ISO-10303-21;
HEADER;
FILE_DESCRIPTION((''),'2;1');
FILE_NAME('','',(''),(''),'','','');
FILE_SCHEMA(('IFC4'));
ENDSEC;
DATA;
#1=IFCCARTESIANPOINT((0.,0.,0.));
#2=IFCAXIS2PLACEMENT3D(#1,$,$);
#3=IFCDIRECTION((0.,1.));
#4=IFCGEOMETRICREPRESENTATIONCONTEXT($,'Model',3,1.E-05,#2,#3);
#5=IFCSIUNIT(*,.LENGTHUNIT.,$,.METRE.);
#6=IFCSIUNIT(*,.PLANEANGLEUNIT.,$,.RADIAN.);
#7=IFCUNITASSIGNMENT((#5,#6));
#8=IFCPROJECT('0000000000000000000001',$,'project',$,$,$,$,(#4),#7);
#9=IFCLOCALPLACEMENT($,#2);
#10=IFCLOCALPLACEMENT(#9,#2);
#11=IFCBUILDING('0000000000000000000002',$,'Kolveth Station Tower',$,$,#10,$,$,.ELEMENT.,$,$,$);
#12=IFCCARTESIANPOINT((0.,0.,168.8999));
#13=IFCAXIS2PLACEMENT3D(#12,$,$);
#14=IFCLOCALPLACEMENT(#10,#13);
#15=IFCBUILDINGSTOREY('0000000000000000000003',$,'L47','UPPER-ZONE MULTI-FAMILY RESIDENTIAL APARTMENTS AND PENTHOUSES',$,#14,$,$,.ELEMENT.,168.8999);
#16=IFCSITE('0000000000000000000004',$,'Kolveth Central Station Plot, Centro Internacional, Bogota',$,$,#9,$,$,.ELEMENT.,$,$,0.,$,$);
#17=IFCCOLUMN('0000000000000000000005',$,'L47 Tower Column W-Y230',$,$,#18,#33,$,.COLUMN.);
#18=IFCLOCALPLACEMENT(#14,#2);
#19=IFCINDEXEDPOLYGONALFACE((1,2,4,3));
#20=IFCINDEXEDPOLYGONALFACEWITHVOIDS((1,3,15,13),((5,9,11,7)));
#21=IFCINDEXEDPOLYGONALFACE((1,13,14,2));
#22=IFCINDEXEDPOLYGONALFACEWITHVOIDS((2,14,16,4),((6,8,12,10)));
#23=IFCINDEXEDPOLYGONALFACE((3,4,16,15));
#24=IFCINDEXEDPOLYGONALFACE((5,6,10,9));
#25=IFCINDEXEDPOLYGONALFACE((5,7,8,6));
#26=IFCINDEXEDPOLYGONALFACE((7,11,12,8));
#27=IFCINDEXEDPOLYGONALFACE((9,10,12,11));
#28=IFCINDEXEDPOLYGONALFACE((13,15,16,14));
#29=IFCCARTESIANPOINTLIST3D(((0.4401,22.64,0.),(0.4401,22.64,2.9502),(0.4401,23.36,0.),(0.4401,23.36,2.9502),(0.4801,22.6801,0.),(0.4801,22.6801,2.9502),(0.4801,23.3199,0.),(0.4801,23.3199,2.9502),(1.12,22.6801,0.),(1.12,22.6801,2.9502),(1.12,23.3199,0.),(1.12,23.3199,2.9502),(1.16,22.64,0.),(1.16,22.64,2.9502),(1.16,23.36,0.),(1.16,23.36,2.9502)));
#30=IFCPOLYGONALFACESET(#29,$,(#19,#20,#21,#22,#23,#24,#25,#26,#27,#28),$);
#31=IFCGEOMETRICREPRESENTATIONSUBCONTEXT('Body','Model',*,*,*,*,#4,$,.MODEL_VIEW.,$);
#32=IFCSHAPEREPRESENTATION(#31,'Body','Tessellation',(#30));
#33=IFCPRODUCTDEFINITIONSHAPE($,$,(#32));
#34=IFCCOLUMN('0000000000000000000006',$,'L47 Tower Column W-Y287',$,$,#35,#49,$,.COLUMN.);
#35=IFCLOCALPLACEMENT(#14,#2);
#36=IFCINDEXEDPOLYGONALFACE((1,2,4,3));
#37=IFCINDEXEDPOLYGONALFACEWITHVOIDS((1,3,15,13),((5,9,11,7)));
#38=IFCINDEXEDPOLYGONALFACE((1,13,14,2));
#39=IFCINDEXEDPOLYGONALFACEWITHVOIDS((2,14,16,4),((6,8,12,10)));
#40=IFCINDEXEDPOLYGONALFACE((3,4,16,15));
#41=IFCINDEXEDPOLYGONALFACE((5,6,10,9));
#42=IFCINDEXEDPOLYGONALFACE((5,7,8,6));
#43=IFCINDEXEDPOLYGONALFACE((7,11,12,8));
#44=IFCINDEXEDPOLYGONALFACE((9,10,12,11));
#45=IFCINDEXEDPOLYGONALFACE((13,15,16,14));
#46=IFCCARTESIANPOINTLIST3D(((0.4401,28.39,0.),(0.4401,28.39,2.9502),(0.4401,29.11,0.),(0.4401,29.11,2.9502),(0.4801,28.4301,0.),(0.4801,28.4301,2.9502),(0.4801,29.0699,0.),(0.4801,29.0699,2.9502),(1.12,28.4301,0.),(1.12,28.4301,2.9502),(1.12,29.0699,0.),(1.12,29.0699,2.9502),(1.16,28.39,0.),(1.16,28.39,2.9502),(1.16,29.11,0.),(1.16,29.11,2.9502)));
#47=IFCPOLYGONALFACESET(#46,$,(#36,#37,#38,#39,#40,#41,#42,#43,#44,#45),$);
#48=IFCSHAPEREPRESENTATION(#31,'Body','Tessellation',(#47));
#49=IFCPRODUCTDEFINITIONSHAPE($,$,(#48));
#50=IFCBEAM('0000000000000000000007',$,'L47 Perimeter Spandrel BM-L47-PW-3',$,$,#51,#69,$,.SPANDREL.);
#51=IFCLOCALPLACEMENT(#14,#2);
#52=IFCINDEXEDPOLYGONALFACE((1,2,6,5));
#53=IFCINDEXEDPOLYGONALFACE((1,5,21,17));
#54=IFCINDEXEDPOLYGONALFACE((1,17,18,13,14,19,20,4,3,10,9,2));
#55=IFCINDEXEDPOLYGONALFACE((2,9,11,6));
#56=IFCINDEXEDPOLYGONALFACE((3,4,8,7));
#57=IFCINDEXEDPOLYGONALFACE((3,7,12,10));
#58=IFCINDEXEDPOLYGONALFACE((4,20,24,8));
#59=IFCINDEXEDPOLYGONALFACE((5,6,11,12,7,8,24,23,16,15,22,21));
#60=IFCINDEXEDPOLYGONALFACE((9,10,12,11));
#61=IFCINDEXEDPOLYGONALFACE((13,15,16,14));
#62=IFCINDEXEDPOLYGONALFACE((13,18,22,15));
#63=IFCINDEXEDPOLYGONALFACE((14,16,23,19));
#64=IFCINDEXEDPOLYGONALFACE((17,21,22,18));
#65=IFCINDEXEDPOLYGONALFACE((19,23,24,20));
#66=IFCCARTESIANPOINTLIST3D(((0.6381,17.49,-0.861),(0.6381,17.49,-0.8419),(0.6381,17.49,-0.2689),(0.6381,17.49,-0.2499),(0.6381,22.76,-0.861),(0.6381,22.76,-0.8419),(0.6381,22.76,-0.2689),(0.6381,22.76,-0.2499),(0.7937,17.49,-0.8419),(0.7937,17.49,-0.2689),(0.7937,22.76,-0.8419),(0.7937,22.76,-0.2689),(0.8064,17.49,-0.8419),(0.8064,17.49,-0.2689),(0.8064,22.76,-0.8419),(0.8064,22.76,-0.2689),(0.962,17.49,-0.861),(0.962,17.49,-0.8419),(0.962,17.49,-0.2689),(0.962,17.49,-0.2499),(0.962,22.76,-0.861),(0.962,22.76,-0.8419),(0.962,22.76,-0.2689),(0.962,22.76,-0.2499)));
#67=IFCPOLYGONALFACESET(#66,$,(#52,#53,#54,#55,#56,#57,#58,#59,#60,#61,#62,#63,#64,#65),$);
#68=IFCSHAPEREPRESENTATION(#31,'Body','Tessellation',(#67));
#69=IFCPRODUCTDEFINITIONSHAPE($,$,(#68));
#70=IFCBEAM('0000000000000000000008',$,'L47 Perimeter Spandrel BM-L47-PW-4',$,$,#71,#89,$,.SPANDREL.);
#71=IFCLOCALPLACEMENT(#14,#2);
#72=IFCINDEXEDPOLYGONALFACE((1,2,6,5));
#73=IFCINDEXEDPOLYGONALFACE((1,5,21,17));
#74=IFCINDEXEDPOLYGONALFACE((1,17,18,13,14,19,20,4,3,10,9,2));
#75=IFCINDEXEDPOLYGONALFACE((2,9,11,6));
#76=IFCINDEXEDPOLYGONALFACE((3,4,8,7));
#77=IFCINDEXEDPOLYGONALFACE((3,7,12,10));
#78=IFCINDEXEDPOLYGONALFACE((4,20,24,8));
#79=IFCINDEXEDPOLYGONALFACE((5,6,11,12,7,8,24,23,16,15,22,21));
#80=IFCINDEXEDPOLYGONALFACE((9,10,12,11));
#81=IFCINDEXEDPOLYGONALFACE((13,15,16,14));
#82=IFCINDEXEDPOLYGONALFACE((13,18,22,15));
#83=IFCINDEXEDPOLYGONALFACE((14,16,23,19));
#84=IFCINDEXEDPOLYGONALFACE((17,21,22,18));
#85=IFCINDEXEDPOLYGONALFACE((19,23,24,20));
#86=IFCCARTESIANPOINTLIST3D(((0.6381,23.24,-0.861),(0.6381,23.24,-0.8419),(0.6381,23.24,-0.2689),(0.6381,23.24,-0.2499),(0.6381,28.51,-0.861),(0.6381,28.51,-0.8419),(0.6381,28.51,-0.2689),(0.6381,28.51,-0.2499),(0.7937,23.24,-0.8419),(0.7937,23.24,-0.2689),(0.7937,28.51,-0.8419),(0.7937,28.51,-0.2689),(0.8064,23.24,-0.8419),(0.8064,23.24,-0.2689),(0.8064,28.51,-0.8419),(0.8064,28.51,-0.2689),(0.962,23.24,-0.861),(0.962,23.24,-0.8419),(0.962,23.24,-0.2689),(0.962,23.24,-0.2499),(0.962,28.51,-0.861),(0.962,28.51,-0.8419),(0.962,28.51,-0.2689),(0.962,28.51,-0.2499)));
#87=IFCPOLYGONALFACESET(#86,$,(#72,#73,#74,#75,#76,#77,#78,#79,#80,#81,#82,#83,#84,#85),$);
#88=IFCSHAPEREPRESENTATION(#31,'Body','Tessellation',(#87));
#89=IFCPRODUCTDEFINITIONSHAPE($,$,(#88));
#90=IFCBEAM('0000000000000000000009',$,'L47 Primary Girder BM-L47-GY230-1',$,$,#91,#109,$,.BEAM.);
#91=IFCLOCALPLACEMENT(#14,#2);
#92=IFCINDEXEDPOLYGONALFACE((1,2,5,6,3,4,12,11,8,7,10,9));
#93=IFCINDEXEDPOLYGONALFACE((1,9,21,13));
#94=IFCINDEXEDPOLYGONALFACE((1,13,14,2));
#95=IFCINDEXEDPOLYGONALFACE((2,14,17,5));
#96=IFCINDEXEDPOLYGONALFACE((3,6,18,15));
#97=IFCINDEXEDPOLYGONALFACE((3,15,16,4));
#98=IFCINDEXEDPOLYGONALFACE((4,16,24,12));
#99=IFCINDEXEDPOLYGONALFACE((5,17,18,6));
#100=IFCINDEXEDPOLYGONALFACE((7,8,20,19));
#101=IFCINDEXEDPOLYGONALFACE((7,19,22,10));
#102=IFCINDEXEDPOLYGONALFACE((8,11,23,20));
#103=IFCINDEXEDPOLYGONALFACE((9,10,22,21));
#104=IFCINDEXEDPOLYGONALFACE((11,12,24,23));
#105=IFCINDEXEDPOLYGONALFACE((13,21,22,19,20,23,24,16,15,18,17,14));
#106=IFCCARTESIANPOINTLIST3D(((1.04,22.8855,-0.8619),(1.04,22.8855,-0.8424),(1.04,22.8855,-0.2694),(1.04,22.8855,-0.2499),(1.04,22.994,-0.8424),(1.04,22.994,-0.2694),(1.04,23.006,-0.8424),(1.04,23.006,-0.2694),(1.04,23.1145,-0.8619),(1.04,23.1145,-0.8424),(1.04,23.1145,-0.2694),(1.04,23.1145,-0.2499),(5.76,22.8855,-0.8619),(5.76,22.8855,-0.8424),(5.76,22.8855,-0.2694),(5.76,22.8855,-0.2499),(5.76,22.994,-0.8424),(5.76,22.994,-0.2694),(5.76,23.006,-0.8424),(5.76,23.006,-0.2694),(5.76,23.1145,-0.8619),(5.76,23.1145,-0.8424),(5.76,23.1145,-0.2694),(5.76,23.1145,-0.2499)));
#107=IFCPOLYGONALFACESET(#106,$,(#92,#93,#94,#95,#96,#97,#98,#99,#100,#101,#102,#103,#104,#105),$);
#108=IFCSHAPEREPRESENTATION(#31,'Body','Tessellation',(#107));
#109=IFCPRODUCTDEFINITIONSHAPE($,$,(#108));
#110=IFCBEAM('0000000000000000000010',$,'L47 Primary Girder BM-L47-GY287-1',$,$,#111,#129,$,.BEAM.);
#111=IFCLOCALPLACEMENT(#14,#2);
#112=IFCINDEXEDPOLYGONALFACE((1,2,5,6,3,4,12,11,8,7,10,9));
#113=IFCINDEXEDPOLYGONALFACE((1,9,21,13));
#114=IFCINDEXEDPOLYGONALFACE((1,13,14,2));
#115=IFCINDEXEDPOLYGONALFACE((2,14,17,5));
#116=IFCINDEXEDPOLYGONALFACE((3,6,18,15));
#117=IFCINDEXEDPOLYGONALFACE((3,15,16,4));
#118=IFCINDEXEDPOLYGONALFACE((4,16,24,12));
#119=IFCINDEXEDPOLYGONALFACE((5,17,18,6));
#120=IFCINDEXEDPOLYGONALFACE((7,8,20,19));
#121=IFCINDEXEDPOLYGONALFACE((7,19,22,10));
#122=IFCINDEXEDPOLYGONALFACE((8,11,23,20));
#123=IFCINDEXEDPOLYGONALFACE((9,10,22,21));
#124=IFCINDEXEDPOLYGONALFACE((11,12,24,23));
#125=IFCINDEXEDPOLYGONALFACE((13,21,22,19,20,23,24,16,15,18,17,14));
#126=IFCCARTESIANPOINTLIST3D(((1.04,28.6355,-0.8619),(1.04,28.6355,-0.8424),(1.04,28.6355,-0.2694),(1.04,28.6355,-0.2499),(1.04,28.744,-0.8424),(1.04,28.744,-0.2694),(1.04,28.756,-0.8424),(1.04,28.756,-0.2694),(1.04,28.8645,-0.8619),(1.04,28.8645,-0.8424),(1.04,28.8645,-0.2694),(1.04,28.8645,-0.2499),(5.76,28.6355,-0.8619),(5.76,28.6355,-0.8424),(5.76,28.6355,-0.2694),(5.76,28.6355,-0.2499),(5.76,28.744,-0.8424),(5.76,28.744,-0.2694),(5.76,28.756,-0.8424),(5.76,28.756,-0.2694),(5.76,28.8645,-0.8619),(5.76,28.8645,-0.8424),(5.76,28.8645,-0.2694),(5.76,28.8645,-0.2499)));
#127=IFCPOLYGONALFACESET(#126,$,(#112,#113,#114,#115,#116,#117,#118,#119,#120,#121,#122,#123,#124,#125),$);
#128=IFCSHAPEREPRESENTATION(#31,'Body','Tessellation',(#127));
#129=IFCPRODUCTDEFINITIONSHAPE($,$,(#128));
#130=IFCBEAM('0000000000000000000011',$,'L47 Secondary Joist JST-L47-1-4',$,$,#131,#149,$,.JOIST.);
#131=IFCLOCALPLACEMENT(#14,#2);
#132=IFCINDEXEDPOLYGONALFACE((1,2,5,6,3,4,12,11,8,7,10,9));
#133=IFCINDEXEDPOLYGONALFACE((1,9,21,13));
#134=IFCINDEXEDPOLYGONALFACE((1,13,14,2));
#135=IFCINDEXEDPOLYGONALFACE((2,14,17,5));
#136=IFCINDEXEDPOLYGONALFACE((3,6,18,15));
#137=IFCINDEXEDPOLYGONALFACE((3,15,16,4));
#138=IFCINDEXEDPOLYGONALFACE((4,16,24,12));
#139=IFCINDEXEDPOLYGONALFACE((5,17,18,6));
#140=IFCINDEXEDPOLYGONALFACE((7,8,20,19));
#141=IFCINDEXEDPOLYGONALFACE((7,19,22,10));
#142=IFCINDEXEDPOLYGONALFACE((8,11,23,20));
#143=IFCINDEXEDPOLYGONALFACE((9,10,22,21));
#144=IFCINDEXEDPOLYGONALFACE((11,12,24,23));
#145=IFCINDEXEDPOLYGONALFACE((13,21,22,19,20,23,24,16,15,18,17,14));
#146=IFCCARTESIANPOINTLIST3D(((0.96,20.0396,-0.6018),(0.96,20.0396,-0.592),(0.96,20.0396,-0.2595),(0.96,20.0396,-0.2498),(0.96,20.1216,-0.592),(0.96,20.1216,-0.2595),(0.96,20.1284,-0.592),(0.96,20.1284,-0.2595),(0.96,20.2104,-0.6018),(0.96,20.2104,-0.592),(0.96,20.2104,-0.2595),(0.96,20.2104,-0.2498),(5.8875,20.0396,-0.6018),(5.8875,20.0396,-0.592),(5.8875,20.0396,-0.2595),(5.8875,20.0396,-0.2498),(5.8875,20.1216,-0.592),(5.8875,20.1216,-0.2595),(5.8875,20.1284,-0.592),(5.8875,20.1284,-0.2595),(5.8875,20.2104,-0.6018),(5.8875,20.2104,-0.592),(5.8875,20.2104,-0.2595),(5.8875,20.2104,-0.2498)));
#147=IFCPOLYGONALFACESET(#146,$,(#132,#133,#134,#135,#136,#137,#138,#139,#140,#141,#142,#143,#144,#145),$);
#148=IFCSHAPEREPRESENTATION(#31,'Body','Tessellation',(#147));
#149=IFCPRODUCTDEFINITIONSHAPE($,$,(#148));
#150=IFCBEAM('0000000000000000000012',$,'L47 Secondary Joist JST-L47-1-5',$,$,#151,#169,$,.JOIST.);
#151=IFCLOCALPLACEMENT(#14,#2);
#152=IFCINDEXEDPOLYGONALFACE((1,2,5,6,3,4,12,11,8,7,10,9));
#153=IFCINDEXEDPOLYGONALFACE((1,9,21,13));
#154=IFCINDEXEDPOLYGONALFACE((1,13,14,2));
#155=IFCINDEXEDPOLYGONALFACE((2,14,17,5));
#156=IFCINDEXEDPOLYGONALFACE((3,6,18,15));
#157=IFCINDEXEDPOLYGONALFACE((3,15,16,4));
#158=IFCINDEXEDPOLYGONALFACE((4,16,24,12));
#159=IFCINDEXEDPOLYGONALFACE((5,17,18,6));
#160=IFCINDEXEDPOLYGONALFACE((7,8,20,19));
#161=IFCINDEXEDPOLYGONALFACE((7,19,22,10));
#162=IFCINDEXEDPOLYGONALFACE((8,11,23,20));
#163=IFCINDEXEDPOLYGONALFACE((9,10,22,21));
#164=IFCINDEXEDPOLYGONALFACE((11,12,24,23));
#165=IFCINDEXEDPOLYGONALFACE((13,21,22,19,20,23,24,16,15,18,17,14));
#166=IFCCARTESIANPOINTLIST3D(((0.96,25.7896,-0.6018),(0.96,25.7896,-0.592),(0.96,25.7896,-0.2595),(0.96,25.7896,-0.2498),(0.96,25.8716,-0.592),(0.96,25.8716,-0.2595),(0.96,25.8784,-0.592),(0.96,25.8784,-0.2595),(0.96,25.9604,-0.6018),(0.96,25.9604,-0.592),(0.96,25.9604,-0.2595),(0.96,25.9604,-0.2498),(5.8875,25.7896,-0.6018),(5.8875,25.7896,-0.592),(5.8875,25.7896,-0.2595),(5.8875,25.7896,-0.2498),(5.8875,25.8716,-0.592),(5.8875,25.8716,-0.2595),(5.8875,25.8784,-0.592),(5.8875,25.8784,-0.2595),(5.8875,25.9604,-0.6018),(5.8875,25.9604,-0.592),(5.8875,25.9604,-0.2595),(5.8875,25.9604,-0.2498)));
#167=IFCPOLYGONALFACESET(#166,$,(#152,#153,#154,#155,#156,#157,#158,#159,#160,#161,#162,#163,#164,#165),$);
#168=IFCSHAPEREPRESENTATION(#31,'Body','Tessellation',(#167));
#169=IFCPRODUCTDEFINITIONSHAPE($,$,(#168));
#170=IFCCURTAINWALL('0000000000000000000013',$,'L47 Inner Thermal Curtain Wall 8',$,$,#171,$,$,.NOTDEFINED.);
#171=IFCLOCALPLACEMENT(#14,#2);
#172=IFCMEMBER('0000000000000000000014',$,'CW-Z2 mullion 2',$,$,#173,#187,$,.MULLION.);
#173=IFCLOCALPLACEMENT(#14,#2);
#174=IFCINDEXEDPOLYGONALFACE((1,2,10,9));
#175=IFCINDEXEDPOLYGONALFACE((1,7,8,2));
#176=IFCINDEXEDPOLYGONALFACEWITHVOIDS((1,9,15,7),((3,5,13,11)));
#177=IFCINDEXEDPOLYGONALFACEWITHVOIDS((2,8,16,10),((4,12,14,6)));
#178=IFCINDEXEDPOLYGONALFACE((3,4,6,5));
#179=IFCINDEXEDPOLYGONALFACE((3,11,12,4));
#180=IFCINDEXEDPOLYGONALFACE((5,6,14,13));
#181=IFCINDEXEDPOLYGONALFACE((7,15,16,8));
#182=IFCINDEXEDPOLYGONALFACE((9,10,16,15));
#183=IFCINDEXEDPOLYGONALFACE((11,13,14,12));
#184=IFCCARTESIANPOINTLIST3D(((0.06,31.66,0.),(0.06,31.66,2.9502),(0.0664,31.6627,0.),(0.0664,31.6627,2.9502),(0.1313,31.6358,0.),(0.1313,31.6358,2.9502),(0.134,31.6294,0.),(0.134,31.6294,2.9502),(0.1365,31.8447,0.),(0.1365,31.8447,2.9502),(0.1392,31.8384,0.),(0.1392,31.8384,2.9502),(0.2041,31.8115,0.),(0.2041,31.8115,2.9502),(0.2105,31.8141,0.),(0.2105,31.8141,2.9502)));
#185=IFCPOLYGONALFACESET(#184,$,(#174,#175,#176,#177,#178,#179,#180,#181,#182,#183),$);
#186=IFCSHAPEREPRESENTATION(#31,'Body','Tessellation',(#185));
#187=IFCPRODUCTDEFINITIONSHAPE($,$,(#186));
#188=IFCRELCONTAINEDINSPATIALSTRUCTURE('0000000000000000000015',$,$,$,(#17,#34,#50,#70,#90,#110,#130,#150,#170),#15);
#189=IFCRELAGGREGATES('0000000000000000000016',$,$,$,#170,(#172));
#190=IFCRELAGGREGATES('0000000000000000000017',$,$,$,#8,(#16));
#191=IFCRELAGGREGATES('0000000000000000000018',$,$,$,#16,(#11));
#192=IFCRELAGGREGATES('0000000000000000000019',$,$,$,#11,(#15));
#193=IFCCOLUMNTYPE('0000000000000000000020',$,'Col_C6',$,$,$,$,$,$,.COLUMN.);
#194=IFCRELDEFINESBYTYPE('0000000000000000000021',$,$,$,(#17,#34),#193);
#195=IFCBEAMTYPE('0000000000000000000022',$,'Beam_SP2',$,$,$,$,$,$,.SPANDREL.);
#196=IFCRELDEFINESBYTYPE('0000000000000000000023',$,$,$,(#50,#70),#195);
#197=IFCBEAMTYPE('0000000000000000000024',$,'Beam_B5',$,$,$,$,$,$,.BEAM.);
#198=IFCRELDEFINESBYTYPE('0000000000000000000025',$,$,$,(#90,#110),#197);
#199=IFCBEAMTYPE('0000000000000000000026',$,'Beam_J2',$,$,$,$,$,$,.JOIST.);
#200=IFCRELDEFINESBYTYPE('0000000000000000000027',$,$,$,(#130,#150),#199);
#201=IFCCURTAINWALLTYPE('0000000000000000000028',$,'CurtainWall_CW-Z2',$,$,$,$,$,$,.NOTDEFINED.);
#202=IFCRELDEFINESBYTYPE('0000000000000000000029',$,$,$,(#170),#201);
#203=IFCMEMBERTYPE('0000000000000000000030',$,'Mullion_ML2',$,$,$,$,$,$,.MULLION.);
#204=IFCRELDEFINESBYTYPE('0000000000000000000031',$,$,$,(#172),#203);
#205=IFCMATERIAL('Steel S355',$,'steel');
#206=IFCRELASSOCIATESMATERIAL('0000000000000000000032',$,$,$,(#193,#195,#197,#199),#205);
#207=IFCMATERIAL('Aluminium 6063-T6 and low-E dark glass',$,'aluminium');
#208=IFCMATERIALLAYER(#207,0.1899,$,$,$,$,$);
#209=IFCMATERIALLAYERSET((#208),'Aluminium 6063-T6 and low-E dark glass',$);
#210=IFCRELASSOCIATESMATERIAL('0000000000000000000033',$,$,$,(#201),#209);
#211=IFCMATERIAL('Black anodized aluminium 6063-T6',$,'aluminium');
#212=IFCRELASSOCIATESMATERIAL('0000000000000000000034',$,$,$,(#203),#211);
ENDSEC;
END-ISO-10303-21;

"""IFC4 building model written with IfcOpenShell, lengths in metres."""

from ifc_helpers import new_model, si_unit, direction, frame, origin, origin_2d, place, context, subcontext, project, spatial, hollow_rectangle, i_section, extrude, source, transform, mapped, material, layer, layer_set, material_profile, profile_set, type_object, element, aggregate, save


model = new_model("IFC4")

# Units and contexts
model_context = context("Model", 3, precision=1e-05, world=origin(), true_north=direction((0.0, 1.0)))
body_context = subcontext(model_context, "Body", "Model", "MODEL_VIEW")
ifc_project = project(units=[si_unit("LENGTHUNIT", "METRE"), si_unit("PLANEANGLEUNIT", "RADIAN")], contexts=[model_context])

# Site, building, storey
site_placement = place(None, origin())
site = spatial("IfcSite", under=ifc_project, at=site_placement, Name="Kolveth Central Station Plot, Centro Internacional, Bogota", CompositionType="ELEMENT", RefElevation=0.0)
building_placement = place(site_placement, origin())
building = spatial("IfcBuilding", under=site, at=building_placement, Name="Kolveth Station Tower", CompositionType="ELEMENT")
storey_placement = place(building_placement, frame((0.0, 0.0, 168.8999)))
storey = spatial("IfcBuildingStorey", under=building, at=storey_placement, Name="L47", Description="UPPER-ZONE MULTI-FAMILY RESIDENTIAL APARTMENTS AND PENTHOUSES", CompositionType="ELEMENT", Elevation=168.8999)

# Columns
ifc_material_1 = material(Name="Steel S355", Category="steel")
ifc_material_profile_1 = material_profile(ifc_material_1, hollow_rectangle(XDim=0.72, YDim=0.72, WallThickness=0.04, at=origin_2d()), Name="BOX720x720x40")
ifc_profile_set_1 = profile_set([ifc_material_profile_1], Name="Steel S355")
column_type = type_object("IfcColumnType", Name="Col_C6", PredefinedType="COLUMN", material=ifc_profile_set_1)
shared_shape_1 = source(origin(), body_context, "Body", "SweptSolid", [
    extrude(hollow_rectangle(XDim=0.72, YDim=0.72, WallThickness=0.04, at=origin_2d()), origin(), (0.0, 0.0, 1.0), 2.9502),
])
for number, where, z_axis, x_axis, name in (
    (1, (0.8, 23.0, 0.0), (0.0, 0.0, 1.0), (1.0, 0.0, 0.0), "L47 Tower Column W-Y230"),
    (2, (0.8, 28.75, 0.0), (0.0, 0.0, 1.0), (1.0, 0.0, 0.0), "L47 Tower Column W-Y287"),
):
    element("IfcColumn", number, at=place(storey_placement, frame(where, z_axis=z_axis, x_axis=x_axis)), inside=storey, type_object=column_type, Name=name, PredefinedType="COLUMN", context=body_context, shape_type="MappedRepresentation", body=[
        mapped(shared_shape_1, transform((0.0, 0.0, 0.0), x_axis=(1.0, 0.0, 0.0), y_axis=(0.0, 1.0, 0.0), z_axis=(0.0, 0.0, 1.0), scale=1.0)),
    ])

# Beams
ifc_material_profile_2 = material_profile(ifc_material_1, i_section(OverallWidth=0.324, OverallDepth=0.6111, WebThickness=0.0127, FlangeThickness=0.019, at=origin_2d()), Name="W610x155")
ifc_profile_set_2 = profile_set([ifc_material_profile_2], Name="Steel S355")
beam_type_1 = type_object("IfcBeamType", Name="Beam_SP2", PredefinedType="SPANDREL", material=ifc_profile_set_2)
shared_shape_2 = source(origin(), body_context, "Body", "SweptSolid", [
    extrude(i_section(OverallWidth=0.324, OverallDepth=0.6111, WebThickness=0.0127, FlangeThickness=0.019, at=origin_2d()), origin(), (0.0, 0.0, 1.0), 5.27),
])
for number, where, z_axis, x_axis, name in (
    (3, (0.8, 17.49, -0.5554), (0.0, 1.0, 0.0), (-1.0, 0.0, 0.0), "L47 Perimeter Spandrel BM-L47-PW-3"),
    (4, (0.8, 23.24, -0.5554), (0.0, 1.0, 0.0), (-1.0, 0.0, 0.0), "L47 Perimeter Spandrel BM-L47-PW-4"),
):
    element("IfcBeam", number, at=place(storey_placement, frame(where, z_axis=z_axis, x_axis=x_axis)), inside=storey, type_object=beam_type_1, Name=name, PredefinedType="SPANDREL", context=body_context, shape_type="MappedRepresentation", body=[
        mapped(shared_shape_2, transform((0.0, 0.0, 0.0), x_axis=(1.0, 0.0, 0.0), y_axis=(0.0, 1.0, 0.0), z_axis=(0.0, 0.0, 1.0), scale=1.0)),
    ])
ifc_material_profile_3 = material_profile(ifc_material_1, i_section(OverallWidth=0.229, OverallDepth=0.6121, WebThickness=0.012, FlangeThickness=0.0195, at=origin_2d()), Name="W610x125")
ifc_profile_set_3 = profile_set([ifc_material_profile_3], Name="Steel S355")
beam_type_2 = type_object("IfcBeamType", Name="Beam_B5", PredefinedType="BEAM", material=ifc_profile_set_3)
shared_shape_3 = source(origin(), body_context, "Body", "SweptSolid", [
    extrude(i_section(OverallWidth=0.229, OverallDepth=0.6121, WebThickness=0.012, FlangeThickness=0.0195, at=origin_2d()), origin(), (0.0, 0.0, 1.0), 4.72),
])
for number, where, z_axis, x_axis, name in (
    (5, (1.04, 23.0, -0.5559), (1.0, 0.0, 0.0), (0.0, 1.0, 0.0), "L47 Primary Girder BM-L47-GY230-1"),
    (6, (1.04, 28.75, -0.5559), (1.0, 0.0, 0.0), (0.0, 1.0, 0.0), "L47 Primary Girder BM-L47-GY287-1"),
):
    element("IfcBeam", number, at=place(storey_placement, frame(where, z_axis=z_axis, x_axis=x_axis)), inside=storey, type_object=beam_type_2, Name=name, PredefinedType="BEAM", context=body_context, shape_type="MappedRepresentation", body=[
        mapped(shared_shape_3, transform((0.0, 0.0, 0.0), x_axis=(1.0, 0.0, 0.0), y_axis=(0.0, 1.0, 0.0), z_axis=(0.0, 0.0, 1.0), scale=1.0)),
    ])
ifc_material_profile_4 = material_profile(ifc_material_1, i_section(OverallWidth=0.1709, OverallDepth=0.3521, WebThickness=0.0068, FlangeThickness=0.0098, at=origin_2d()), Name="W360x44")
ifc_profile_set_4 = profile_set([ifc_material_profile_4], Name="Steel S355")
beam_type_3 = type_object("IfcBeamType", Name="Beam_J2", PredefinedType="JOIST", material=ifc_profile_set_4)
shared_shape_4 = source(origin(), body_context, "Body", "SweptSolid", [
    extrude(i_section(OverallWidth=0.1709, OverallDepth=0.3521, WebThickness=0.0068, FlangeThickness=0.0098, at=origin_2d()), origin(), (0.0, 0.0, 1.0), 4.9275),
])
for number, where, z_axis, x_axis, name in (
    (7, (0.96, 20.125, -0.4258), (1.0, 0.0, 0.0), (0.0, 1.0, 0.0), "L47 Secondary Joist JST-L47-1-4"),
    (8, (0.96, 25.875, -0.4258), (1.0, 0.0, 0.0), (0.0, 1.0, 0.0), "L47 Secondary Joist JST-L47-1-5"),
):
    element("IfcBeam", number, at=place(storey_placement, frame(where, z_axis=z_axis, x_axis=x_axis)), inside=storey, type_object=beam_type_3, Name=name, PredefinedType="JOIST", context=body_context, shape_type="MappedRepresentation", body=[
        mapped(shared_shape_4, transform((0.0, 0.0, 0.0), x_axis=(1.0, 0.0, 0.0), y_axis=(0.0, 1.0, 0.0), z_axis=(0.0, 0.0, 1.0), scale=1.0)),
    ])

# Curtain wall, member
ifc_material_2 = material(Name="Aluminium 6063-T6 and low-E dark glass", Category="aluminium")
ifc_layer_1 = layer(ifc_material_2, 0.1899)
ifc_layer_set_1 = layer_set([ifc_layer_1], Name="Aluminium 6063-T6 and low-E dark glass")
curtain_wall_type_1 = type_object("IfcCurtainWallType", Name="CurtainWall_CW-Z2", PredefinedType="NOTDEFINED", material=ifc_layer_set_1)
curtain_wall_1_placement = place(storey_placement, origin())
curtain_wall_1 = element("IfcCurtainWall", 9, at=curtain_wall_1_placement, inside=storey, type_object=curtain_wall_type_1, Name="L47 Inner Thermal Curtain Wall 8", PredefinedType="NOTDEFINED")
ifc_material_3 = material(Name="Black anodized aluminium 6063-T6", Category="aluminium")
ifc_material_profile_5 = material_profile(ifc_material_3, hollow_rectangle(XDim=0.0801, YDim=0.2, WallThickness=0.0049, at=origin_2d()), Name="ALU-80x200x5")
ifc_profile_set_5 = profile_set([ifc_material_profile_5], Name="Black anodized aluminium 6063-T6")
member_type_1 = type_object("IfcMemberType", Name="Mullion_ML2", PredefinedType="MULLION", material=ifc_profile_set_5)
shared_shape_5 = source(origin(), body_context, "Body", "SweptSolid", [
    extrude(hollow_rectangle(XDim=0.0801, YDim=0.2, WallThickness=0.0049, at=origin_2d()), origin(), (0.0, 0.0, 1.0), 2.9502),
])
member_1_placement = place(storey_placement, frame((0.1353, 31.7371, 0.0), z_axis=(0.0, 0.0, 1.0), x_axis=(0.923874, -0.382698, 0.0)))
member_1 = element("IfcMember", 10, at=member_1_placement, type_object=member_type_1, Name="CW-Z2 mullion 2", PredefinedType="MULLION", context=body_context, shape_type="MappedRepresentation", body=[
    mapped(shared_shape_5, transform((0.0, 0.0, 0.0), x_axis=(1.0, 0.0, 0.0), y_axis=(0.0, 1.0, 0.0), z_axis=(0.0, 0.0, 1.0), scale=1.0)),
])

aggregate(curtain_wall_1, [member_1])

save(model, "model.ifc")
